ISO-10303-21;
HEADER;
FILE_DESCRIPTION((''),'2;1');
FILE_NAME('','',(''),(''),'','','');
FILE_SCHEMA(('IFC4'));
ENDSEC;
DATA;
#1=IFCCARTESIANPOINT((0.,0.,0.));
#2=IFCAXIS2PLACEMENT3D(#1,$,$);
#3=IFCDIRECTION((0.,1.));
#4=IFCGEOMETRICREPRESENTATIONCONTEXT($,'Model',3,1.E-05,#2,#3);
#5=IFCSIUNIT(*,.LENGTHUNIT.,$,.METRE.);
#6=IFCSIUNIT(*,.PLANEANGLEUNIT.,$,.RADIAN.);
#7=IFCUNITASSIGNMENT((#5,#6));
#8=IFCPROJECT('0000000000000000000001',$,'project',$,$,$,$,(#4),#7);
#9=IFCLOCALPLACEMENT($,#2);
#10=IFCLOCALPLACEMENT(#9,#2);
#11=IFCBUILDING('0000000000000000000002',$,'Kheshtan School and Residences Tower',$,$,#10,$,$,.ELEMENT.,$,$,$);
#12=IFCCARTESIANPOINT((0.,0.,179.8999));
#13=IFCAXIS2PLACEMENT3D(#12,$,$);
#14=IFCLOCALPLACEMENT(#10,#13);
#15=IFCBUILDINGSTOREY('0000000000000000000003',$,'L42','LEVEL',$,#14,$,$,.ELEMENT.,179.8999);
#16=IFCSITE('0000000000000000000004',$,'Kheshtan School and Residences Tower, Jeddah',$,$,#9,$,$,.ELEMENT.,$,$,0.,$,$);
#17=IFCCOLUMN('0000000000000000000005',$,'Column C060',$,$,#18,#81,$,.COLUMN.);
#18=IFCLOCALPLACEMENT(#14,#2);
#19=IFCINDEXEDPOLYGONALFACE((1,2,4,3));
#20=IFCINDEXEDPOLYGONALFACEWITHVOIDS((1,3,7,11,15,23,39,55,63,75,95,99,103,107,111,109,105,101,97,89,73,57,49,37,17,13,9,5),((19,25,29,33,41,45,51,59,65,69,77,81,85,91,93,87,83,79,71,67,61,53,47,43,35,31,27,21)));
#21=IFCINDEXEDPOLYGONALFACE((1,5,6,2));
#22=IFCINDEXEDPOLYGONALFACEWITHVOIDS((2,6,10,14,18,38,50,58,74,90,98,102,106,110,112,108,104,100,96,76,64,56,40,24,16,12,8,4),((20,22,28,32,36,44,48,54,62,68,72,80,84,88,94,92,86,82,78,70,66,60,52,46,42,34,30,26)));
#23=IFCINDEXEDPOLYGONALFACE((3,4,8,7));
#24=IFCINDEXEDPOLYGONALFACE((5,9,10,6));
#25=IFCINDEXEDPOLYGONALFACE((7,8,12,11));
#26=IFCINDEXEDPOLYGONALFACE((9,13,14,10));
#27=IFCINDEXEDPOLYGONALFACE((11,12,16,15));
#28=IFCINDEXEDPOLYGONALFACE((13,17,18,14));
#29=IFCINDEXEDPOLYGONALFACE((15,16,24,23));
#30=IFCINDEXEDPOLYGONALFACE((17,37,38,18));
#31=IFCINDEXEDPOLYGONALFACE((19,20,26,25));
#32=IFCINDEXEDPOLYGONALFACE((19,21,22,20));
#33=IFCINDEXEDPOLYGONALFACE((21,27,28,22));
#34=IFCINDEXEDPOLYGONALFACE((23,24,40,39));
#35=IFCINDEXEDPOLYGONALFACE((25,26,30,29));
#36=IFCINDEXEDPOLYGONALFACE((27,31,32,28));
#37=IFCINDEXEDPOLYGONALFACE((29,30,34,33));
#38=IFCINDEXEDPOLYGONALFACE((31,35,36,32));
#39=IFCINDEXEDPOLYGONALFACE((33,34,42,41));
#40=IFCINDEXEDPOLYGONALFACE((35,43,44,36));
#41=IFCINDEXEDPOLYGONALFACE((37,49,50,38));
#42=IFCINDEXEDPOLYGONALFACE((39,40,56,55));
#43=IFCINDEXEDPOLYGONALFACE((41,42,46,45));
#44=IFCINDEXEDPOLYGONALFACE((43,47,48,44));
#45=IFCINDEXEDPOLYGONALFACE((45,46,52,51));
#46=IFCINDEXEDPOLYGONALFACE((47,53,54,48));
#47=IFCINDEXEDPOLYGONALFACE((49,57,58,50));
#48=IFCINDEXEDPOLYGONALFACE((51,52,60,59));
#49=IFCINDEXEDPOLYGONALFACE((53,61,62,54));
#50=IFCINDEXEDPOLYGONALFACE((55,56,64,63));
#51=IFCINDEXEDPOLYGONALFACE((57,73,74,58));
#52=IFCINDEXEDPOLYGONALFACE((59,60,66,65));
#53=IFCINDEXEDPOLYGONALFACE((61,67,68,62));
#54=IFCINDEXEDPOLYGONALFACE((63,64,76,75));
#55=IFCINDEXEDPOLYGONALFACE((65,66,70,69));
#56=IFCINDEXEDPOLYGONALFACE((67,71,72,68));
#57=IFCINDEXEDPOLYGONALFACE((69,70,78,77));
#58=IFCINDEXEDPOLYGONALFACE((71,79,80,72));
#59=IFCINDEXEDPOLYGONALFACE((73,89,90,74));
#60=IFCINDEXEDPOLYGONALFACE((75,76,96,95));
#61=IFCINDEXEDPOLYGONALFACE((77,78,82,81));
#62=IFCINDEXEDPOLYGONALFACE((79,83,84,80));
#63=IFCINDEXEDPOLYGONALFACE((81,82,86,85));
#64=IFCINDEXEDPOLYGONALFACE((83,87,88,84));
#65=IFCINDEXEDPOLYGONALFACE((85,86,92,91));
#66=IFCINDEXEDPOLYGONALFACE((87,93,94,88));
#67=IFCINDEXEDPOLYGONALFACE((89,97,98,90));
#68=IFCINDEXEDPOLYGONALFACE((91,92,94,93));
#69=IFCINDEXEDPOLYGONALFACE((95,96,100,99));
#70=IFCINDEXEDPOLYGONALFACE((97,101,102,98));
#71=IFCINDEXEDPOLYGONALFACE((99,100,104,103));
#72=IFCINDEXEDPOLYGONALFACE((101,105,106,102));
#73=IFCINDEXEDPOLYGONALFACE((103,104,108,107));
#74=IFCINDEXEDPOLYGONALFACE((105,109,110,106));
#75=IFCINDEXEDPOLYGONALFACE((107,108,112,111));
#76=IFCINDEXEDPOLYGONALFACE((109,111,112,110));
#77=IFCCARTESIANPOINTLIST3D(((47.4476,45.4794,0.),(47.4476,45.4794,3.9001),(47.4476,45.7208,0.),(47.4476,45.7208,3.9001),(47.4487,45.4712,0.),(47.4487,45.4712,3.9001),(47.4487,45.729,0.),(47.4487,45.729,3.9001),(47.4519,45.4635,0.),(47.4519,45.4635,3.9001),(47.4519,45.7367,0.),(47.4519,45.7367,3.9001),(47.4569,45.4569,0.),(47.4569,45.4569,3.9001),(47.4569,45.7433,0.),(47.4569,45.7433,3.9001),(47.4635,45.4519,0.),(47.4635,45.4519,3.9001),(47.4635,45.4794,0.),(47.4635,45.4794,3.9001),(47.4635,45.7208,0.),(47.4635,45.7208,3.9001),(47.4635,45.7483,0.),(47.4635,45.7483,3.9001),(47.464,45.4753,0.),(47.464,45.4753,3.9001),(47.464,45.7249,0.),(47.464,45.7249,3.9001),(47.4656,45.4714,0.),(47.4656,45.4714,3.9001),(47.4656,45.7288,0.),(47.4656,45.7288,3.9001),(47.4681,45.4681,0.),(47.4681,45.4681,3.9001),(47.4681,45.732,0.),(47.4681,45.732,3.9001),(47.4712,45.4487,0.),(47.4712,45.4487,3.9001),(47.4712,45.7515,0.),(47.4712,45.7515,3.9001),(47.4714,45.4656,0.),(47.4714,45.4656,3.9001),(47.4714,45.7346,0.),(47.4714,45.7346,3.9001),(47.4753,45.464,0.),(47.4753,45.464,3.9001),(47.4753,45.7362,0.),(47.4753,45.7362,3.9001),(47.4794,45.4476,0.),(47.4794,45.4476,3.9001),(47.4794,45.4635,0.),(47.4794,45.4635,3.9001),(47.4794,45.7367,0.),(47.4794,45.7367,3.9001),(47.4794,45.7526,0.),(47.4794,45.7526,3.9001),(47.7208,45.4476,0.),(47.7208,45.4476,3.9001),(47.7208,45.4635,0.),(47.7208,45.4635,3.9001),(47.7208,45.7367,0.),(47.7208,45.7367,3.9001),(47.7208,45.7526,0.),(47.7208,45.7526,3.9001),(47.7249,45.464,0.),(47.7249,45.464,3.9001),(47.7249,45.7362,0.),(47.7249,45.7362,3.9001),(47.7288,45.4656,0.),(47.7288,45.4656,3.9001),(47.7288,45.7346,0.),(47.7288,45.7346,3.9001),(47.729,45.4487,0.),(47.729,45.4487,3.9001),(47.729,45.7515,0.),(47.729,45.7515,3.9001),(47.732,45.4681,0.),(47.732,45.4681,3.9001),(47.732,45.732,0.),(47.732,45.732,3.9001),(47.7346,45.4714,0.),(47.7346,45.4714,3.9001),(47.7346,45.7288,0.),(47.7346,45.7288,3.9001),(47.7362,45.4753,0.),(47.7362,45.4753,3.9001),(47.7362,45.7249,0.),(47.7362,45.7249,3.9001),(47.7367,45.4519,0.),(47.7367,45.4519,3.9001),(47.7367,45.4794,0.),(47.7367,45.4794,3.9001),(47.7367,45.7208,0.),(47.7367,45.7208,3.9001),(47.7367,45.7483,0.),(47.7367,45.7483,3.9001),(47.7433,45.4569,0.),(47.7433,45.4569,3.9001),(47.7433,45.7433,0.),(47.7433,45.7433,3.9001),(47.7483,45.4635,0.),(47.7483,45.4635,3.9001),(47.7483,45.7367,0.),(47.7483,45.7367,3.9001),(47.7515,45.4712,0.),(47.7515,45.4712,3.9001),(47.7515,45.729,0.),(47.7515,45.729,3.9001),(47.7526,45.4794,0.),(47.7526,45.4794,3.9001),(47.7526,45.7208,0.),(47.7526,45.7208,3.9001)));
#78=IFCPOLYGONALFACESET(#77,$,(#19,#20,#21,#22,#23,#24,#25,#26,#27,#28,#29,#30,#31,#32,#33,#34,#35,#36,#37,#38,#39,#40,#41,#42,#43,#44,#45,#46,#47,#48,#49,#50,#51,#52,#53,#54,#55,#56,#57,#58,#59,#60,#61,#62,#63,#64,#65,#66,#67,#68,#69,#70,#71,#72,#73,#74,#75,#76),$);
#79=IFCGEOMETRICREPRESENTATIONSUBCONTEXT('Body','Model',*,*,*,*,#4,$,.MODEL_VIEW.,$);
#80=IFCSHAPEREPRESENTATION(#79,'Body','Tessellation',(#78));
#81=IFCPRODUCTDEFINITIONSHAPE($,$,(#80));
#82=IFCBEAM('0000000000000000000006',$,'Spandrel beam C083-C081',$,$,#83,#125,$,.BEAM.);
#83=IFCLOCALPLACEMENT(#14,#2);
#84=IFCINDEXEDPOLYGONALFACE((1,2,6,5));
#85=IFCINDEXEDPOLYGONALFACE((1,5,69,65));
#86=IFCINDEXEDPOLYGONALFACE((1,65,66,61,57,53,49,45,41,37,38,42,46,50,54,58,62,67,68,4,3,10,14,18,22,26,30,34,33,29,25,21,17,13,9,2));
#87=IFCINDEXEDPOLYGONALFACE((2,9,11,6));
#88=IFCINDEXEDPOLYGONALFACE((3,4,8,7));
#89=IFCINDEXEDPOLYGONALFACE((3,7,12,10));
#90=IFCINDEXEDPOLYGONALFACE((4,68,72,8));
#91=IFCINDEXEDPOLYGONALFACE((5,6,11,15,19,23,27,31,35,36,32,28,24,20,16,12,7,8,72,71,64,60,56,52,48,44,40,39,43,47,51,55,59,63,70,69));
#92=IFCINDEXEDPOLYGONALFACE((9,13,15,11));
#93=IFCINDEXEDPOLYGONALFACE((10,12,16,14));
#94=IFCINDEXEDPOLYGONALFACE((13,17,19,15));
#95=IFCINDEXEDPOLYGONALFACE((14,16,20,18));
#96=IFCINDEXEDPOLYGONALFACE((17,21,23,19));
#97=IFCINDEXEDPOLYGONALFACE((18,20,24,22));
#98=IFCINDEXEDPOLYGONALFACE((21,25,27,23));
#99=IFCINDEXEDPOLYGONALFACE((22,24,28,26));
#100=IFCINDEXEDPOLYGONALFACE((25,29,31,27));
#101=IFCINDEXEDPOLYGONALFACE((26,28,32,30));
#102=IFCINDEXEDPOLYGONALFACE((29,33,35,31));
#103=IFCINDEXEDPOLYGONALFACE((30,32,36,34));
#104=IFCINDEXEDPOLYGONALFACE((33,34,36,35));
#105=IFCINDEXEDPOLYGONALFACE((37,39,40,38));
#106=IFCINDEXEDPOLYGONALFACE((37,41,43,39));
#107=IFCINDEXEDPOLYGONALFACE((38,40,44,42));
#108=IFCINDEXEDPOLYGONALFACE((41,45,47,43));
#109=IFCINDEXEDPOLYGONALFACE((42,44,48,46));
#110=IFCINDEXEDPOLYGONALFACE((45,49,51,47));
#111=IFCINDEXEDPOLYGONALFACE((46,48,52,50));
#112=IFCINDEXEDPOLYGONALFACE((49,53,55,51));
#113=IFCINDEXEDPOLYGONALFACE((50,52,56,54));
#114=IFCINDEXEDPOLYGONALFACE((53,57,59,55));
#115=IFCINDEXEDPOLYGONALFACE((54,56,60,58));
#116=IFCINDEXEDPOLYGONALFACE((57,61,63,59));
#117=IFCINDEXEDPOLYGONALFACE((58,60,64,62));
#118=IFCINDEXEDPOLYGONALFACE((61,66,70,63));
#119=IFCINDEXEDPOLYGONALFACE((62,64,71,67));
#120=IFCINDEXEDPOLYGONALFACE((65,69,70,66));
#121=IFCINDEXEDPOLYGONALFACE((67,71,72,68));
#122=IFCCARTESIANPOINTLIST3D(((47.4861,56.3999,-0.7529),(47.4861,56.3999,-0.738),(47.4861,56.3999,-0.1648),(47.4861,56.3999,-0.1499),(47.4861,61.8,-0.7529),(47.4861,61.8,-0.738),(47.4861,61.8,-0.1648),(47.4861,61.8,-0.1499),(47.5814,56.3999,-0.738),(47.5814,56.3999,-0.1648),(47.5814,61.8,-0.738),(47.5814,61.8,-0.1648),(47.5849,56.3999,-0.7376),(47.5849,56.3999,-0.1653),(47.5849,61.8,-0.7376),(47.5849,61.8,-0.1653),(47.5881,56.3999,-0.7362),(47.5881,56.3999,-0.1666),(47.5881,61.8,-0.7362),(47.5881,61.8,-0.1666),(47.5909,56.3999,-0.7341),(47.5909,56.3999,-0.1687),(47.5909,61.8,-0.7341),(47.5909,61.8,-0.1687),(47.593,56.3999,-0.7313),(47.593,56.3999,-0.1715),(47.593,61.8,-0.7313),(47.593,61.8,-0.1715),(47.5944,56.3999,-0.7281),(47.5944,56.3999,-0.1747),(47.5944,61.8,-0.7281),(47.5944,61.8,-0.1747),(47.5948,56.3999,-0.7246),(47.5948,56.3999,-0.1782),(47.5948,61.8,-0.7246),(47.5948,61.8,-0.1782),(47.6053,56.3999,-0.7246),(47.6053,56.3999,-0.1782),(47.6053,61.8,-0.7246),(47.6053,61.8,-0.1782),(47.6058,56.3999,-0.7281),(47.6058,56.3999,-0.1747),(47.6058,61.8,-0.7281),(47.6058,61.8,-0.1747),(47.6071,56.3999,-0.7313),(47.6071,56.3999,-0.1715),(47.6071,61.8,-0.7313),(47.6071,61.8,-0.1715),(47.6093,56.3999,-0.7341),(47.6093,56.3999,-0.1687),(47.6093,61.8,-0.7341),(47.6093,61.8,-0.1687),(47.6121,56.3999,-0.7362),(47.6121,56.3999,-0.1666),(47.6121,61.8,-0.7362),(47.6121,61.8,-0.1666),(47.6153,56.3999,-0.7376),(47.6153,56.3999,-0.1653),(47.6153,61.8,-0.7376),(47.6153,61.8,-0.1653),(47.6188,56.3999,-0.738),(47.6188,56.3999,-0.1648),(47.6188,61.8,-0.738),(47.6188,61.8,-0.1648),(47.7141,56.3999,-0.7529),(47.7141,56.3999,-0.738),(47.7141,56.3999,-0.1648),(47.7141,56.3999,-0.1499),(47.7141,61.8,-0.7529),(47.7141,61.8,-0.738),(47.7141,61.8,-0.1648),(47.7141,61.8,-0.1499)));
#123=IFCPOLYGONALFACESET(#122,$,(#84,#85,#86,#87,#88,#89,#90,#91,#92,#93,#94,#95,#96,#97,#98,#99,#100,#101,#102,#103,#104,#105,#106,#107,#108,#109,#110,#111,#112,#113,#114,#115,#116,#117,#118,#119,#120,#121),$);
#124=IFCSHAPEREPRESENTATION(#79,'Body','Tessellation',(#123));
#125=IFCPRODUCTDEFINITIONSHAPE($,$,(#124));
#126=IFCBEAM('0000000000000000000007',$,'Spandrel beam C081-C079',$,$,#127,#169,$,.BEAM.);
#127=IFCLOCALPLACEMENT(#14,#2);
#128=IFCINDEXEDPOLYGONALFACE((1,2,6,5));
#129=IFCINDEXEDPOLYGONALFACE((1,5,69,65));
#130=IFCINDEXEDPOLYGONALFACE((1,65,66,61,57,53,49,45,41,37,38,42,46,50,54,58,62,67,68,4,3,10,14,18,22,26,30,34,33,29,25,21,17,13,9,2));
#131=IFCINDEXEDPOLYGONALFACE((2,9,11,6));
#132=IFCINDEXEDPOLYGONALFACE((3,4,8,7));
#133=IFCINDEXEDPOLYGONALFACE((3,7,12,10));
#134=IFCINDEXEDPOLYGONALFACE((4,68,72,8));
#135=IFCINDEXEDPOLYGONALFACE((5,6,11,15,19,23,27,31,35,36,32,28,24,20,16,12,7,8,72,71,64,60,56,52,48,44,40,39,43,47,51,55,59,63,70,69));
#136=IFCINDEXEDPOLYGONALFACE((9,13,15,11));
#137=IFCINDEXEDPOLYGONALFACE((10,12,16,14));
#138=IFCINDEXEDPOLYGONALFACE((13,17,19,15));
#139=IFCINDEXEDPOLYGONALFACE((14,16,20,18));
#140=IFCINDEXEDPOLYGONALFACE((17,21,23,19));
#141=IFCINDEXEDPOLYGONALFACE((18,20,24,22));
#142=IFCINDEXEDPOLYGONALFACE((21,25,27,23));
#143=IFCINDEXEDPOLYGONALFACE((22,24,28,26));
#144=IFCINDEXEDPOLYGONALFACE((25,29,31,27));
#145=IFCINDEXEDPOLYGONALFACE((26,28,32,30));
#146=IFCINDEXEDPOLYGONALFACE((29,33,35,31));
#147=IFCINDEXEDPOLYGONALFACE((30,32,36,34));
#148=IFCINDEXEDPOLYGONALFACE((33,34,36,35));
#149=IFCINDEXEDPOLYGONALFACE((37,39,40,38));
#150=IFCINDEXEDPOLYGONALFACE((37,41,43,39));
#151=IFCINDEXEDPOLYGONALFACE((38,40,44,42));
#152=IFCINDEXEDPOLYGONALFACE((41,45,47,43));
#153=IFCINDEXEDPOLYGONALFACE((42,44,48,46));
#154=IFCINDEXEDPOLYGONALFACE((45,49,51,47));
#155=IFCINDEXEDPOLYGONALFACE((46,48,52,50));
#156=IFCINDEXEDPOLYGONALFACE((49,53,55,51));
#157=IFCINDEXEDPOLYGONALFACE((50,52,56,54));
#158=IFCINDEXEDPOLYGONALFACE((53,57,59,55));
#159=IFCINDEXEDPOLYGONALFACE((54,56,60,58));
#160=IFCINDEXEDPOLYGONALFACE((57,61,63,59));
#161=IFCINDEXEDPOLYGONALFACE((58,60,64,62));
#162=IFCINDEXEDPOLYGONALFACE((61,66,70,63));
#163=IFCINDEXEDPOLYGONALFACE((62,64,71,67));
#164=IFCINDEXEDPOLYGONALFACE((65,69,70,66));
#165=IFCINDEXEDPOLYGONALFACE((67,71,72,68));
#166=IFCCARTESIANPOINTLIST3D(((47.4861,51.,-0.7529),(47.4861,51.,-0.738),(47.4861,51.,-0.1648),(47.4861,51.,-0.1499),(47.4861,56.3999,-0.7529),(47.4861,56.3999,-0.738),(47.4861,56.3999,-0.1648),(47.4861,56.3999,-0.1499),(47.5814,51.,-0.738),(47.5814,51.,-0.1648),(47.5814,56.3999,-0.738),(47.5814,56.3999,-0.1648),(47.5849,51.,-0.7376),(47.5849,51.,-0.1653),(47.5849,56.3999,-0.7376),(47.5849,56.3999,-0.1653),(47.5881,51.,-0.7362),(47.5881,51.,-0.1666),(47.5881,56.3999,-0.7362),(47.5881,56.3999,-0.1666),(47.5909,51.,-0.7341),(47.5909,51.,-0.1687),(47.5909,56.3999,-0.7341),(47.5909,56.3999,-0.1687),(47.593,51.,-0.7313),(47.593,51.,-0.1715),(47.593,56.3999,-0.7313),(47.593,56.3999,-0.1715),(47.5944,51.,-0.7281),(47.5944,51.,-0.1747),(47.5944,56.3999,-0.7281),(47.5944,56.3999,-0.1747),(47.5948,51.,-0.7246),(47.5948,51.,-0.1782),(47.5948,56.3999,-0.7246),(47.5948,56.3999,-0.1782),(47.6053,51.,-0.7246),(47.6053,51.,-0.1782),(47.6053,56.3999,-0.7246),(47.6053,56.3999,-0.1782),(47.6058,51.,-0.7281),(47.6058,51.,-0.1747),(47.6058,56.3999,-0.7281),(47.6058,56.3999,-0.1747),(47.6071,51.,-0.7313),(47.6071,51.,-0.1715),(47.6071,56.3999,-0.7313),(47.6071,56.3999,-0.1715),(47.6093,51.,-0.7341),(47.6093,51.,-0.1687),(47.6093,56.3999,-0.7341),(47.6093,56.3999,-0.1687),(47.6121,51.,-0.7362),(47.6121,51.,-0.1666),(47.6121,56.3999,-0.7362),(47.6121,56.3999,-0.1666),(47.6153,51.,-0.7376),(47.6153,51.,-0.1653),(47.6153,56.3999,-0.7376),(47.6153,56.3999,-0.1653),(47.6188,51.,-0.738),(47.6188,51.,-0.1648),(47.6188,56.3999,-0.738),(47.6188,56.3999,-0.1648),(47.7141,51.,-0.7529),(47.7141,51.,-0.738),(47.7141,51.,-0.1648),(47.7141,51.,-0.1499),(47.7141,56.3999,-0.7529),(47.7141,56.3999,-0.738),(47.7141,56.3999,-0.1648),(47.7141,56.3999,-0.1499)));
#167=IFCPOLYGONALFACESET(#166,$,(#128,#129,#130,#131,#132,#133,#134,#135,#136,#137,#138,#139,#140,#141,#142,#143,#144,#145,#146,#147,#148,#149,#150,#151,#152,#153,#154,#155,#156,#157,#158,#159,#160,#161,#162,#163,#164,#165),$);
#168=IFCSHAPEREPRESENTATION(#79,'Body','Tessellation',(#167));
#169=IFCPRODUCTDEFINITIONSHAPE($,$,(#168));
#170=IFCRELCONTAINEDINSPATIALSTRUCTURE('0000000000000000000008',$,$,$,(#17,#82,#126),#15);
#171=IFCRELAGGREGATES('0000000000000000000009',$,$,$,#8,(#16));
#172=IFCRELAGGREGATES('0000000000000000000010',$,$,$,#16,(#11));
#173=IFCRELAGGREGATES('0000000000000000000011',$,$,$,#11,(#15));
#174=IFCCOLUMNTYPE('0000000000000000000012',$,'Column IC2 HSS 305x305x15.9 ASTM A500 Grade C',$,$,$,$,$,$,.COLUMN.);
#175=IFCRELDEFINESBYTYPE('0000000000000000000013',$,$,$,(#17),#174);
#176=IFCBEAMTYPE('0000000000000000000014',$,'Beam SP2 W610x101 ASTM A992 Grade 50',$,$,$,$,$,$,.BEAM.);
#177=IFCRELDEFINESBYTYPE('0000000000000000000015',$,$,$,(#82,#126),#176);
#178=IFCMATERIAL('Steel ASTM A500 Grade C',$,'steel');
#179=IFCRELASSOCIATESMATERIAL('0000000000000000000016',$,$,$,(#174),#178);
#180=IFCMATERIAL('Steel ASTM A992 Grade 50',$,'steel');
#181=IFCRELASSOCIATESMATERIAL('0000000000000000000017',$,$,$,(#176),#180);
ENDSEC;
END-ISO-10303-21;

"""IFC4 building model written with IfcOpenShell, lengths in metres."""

from ifc_helpers import new_model, si_unit, direction, frame, origin, origin_2d, place, context, subcontext, project, spatial, hollow_rectangle, i_section, extrude, material, material_profile, profile_set, type_object, element, save


model = new_model("IFC4")

# Units and contexts
model_context = context("Model", 3, precision=1e-05, world=origin(), true_north=direction((0.0, 1.0)))
body_context = subcontext(model_context, "Body", "Model", "MODEL_VIEW")
ifc_project = project(units=[si_unit("LENGTHUNIT", "METRE"), si_unit("PLANEANGLEUNIT", "RADIAN")], contexts=[model_context])

# Site, building, storey
site_placement = place(None, origin())
site = spatial("IfcSite", under=ifc_project, at=site_placement, Name="Kheshtan School and Residences Tower, Jeddah", CompositionType="ELEMENT", RefElevation=0.0)
building_placement = place(site_placement, origin())
building = spatial("IfcBuilding", under=site, at=building_placement, Name="Kheshtan School and Residences Tower", CompositionType="ELEMENT")
storey_placement = place(building_placement, frame((0.0, 0.0, 179.8999)))
storey = spatial("IfcBuildingStorey", under=building, at=storey_placement, Name="L42", Description="LEVEL", CompositionType="ELEMENT", Elevation=179.8999)

# Column
ifc_material_1 = material(Name="Steel ASTM A992 Grade 50", Category="steel")
ifc_material_2 = material(Name="Steel ASTM A500 Grade C", Category="steel")
ifc_material_profile_1 = material_profile(ifc_material_2, hollow_rectangle(XDim=0.3049, YDim=0.3049, WallThickness=0.0159, InnerFilletRadius=0.0159, OuterFilletRadius=0.0317, at=origin_2d()), Name="HSS 305x305x15.9")
ifc_profile_set_1 = profile_set([ifc_material_profile_1], Name="Steel ASTM A500 Grade C")
column_type_1 = type_object("IfcColumnType", Name="Column IC2 HSS 305x305x15.9 ASTM A500 Grade C", PredefinedType="COLUMN", material=ifc_profile_set_1)
column_placement = place(storey_placement, frame((47.6001, 45.6001, 0.0), z_axis=(0.0, 0.0, 1.0), x_axis=(1.0, 0.0, 0.0)))
element("IfcColumn", 1, at=column_placement, inside=storey, type_object=column_type_1, Name="Column C060", PredefinedType="COLUMN", context=body_context, shape_type="SweptSolid", body=[
    extrude(hollow_rectangle(XDim=0.3049, YDim=0.3049, WallThickness=0.0159, InnerFilletRadius=0.0159, OuterFilletRadius=0.0317, at=origin_2d()), origin(), (0.0, 0.0, 1.0), 3.9001),
])

# Beams
ifc_material_profile_2 = material_profile(ifc_material_1, i_section(OverallWidth=0.228, OverallDepth=0.603, WebThickness=0.0105, FlangeThickness=0.0149, FilletRadius=0.0134, at=origin_2d()), Name="W610x101")
ifc_profile_set_2 = profile_set([ifc_material_profile_2], Name="Steel ASTM A992 Grade 50")
beam_type = type_object("IfcBeamType", Name="Beam SP2 W610x101 ASTM A992 Grade 50", PredefinedType="BEAM", material=ifc_profile_set_2)
beam_1_placement = place(storey_placement, frame((47.6001, 61.8, -0.4514), z_axis=(0.0, -1.0, 0.0), x_axis=(1.0, 0.0, 0.0)))
element("IfcBeam", 2, at=beam_1_placement, inside=storey, type_object=beam_type, Name="Spandrel beam C083-C081", PredefinedType="BEAM", context=body_context, shape_type="SweptSolid", body=[
    extrude(i_section(OverallWidth=0.228, OverallDepth=0.603, WebThickness=0.0105, FlangeThickness=0.0149, FilletRadius=0.0134, at=origin_2d()), origin(), (0.0, 0.0, 1.0), 5.4001),
])
beam_2_placement = place(storey_placement, frame((47.6001, 56.3999, -0.4514), z_axis=(0.0, -1.0, 0.0), x_axis=(1.0, 0.0, 0.0)))
element("IfcBeam", 3, at=beam_2_placement, inside=storey, type_object=beam_type, Name="Spandrel beam C081-C079", PredefinedType="BEAM", context=body_context, shape_type="SweptSolid", body=[
    extrude(i_section(OverallWidth=0.228, OverallDepth=0.603, WebThickness=0.0105, FlangeThickness=0.0149, FilletRadius=0.0134, at=origin_2d()), origin(), (0.0, 0.0, 1.0), 5.3999),
])

save(model, "model.ifc")
